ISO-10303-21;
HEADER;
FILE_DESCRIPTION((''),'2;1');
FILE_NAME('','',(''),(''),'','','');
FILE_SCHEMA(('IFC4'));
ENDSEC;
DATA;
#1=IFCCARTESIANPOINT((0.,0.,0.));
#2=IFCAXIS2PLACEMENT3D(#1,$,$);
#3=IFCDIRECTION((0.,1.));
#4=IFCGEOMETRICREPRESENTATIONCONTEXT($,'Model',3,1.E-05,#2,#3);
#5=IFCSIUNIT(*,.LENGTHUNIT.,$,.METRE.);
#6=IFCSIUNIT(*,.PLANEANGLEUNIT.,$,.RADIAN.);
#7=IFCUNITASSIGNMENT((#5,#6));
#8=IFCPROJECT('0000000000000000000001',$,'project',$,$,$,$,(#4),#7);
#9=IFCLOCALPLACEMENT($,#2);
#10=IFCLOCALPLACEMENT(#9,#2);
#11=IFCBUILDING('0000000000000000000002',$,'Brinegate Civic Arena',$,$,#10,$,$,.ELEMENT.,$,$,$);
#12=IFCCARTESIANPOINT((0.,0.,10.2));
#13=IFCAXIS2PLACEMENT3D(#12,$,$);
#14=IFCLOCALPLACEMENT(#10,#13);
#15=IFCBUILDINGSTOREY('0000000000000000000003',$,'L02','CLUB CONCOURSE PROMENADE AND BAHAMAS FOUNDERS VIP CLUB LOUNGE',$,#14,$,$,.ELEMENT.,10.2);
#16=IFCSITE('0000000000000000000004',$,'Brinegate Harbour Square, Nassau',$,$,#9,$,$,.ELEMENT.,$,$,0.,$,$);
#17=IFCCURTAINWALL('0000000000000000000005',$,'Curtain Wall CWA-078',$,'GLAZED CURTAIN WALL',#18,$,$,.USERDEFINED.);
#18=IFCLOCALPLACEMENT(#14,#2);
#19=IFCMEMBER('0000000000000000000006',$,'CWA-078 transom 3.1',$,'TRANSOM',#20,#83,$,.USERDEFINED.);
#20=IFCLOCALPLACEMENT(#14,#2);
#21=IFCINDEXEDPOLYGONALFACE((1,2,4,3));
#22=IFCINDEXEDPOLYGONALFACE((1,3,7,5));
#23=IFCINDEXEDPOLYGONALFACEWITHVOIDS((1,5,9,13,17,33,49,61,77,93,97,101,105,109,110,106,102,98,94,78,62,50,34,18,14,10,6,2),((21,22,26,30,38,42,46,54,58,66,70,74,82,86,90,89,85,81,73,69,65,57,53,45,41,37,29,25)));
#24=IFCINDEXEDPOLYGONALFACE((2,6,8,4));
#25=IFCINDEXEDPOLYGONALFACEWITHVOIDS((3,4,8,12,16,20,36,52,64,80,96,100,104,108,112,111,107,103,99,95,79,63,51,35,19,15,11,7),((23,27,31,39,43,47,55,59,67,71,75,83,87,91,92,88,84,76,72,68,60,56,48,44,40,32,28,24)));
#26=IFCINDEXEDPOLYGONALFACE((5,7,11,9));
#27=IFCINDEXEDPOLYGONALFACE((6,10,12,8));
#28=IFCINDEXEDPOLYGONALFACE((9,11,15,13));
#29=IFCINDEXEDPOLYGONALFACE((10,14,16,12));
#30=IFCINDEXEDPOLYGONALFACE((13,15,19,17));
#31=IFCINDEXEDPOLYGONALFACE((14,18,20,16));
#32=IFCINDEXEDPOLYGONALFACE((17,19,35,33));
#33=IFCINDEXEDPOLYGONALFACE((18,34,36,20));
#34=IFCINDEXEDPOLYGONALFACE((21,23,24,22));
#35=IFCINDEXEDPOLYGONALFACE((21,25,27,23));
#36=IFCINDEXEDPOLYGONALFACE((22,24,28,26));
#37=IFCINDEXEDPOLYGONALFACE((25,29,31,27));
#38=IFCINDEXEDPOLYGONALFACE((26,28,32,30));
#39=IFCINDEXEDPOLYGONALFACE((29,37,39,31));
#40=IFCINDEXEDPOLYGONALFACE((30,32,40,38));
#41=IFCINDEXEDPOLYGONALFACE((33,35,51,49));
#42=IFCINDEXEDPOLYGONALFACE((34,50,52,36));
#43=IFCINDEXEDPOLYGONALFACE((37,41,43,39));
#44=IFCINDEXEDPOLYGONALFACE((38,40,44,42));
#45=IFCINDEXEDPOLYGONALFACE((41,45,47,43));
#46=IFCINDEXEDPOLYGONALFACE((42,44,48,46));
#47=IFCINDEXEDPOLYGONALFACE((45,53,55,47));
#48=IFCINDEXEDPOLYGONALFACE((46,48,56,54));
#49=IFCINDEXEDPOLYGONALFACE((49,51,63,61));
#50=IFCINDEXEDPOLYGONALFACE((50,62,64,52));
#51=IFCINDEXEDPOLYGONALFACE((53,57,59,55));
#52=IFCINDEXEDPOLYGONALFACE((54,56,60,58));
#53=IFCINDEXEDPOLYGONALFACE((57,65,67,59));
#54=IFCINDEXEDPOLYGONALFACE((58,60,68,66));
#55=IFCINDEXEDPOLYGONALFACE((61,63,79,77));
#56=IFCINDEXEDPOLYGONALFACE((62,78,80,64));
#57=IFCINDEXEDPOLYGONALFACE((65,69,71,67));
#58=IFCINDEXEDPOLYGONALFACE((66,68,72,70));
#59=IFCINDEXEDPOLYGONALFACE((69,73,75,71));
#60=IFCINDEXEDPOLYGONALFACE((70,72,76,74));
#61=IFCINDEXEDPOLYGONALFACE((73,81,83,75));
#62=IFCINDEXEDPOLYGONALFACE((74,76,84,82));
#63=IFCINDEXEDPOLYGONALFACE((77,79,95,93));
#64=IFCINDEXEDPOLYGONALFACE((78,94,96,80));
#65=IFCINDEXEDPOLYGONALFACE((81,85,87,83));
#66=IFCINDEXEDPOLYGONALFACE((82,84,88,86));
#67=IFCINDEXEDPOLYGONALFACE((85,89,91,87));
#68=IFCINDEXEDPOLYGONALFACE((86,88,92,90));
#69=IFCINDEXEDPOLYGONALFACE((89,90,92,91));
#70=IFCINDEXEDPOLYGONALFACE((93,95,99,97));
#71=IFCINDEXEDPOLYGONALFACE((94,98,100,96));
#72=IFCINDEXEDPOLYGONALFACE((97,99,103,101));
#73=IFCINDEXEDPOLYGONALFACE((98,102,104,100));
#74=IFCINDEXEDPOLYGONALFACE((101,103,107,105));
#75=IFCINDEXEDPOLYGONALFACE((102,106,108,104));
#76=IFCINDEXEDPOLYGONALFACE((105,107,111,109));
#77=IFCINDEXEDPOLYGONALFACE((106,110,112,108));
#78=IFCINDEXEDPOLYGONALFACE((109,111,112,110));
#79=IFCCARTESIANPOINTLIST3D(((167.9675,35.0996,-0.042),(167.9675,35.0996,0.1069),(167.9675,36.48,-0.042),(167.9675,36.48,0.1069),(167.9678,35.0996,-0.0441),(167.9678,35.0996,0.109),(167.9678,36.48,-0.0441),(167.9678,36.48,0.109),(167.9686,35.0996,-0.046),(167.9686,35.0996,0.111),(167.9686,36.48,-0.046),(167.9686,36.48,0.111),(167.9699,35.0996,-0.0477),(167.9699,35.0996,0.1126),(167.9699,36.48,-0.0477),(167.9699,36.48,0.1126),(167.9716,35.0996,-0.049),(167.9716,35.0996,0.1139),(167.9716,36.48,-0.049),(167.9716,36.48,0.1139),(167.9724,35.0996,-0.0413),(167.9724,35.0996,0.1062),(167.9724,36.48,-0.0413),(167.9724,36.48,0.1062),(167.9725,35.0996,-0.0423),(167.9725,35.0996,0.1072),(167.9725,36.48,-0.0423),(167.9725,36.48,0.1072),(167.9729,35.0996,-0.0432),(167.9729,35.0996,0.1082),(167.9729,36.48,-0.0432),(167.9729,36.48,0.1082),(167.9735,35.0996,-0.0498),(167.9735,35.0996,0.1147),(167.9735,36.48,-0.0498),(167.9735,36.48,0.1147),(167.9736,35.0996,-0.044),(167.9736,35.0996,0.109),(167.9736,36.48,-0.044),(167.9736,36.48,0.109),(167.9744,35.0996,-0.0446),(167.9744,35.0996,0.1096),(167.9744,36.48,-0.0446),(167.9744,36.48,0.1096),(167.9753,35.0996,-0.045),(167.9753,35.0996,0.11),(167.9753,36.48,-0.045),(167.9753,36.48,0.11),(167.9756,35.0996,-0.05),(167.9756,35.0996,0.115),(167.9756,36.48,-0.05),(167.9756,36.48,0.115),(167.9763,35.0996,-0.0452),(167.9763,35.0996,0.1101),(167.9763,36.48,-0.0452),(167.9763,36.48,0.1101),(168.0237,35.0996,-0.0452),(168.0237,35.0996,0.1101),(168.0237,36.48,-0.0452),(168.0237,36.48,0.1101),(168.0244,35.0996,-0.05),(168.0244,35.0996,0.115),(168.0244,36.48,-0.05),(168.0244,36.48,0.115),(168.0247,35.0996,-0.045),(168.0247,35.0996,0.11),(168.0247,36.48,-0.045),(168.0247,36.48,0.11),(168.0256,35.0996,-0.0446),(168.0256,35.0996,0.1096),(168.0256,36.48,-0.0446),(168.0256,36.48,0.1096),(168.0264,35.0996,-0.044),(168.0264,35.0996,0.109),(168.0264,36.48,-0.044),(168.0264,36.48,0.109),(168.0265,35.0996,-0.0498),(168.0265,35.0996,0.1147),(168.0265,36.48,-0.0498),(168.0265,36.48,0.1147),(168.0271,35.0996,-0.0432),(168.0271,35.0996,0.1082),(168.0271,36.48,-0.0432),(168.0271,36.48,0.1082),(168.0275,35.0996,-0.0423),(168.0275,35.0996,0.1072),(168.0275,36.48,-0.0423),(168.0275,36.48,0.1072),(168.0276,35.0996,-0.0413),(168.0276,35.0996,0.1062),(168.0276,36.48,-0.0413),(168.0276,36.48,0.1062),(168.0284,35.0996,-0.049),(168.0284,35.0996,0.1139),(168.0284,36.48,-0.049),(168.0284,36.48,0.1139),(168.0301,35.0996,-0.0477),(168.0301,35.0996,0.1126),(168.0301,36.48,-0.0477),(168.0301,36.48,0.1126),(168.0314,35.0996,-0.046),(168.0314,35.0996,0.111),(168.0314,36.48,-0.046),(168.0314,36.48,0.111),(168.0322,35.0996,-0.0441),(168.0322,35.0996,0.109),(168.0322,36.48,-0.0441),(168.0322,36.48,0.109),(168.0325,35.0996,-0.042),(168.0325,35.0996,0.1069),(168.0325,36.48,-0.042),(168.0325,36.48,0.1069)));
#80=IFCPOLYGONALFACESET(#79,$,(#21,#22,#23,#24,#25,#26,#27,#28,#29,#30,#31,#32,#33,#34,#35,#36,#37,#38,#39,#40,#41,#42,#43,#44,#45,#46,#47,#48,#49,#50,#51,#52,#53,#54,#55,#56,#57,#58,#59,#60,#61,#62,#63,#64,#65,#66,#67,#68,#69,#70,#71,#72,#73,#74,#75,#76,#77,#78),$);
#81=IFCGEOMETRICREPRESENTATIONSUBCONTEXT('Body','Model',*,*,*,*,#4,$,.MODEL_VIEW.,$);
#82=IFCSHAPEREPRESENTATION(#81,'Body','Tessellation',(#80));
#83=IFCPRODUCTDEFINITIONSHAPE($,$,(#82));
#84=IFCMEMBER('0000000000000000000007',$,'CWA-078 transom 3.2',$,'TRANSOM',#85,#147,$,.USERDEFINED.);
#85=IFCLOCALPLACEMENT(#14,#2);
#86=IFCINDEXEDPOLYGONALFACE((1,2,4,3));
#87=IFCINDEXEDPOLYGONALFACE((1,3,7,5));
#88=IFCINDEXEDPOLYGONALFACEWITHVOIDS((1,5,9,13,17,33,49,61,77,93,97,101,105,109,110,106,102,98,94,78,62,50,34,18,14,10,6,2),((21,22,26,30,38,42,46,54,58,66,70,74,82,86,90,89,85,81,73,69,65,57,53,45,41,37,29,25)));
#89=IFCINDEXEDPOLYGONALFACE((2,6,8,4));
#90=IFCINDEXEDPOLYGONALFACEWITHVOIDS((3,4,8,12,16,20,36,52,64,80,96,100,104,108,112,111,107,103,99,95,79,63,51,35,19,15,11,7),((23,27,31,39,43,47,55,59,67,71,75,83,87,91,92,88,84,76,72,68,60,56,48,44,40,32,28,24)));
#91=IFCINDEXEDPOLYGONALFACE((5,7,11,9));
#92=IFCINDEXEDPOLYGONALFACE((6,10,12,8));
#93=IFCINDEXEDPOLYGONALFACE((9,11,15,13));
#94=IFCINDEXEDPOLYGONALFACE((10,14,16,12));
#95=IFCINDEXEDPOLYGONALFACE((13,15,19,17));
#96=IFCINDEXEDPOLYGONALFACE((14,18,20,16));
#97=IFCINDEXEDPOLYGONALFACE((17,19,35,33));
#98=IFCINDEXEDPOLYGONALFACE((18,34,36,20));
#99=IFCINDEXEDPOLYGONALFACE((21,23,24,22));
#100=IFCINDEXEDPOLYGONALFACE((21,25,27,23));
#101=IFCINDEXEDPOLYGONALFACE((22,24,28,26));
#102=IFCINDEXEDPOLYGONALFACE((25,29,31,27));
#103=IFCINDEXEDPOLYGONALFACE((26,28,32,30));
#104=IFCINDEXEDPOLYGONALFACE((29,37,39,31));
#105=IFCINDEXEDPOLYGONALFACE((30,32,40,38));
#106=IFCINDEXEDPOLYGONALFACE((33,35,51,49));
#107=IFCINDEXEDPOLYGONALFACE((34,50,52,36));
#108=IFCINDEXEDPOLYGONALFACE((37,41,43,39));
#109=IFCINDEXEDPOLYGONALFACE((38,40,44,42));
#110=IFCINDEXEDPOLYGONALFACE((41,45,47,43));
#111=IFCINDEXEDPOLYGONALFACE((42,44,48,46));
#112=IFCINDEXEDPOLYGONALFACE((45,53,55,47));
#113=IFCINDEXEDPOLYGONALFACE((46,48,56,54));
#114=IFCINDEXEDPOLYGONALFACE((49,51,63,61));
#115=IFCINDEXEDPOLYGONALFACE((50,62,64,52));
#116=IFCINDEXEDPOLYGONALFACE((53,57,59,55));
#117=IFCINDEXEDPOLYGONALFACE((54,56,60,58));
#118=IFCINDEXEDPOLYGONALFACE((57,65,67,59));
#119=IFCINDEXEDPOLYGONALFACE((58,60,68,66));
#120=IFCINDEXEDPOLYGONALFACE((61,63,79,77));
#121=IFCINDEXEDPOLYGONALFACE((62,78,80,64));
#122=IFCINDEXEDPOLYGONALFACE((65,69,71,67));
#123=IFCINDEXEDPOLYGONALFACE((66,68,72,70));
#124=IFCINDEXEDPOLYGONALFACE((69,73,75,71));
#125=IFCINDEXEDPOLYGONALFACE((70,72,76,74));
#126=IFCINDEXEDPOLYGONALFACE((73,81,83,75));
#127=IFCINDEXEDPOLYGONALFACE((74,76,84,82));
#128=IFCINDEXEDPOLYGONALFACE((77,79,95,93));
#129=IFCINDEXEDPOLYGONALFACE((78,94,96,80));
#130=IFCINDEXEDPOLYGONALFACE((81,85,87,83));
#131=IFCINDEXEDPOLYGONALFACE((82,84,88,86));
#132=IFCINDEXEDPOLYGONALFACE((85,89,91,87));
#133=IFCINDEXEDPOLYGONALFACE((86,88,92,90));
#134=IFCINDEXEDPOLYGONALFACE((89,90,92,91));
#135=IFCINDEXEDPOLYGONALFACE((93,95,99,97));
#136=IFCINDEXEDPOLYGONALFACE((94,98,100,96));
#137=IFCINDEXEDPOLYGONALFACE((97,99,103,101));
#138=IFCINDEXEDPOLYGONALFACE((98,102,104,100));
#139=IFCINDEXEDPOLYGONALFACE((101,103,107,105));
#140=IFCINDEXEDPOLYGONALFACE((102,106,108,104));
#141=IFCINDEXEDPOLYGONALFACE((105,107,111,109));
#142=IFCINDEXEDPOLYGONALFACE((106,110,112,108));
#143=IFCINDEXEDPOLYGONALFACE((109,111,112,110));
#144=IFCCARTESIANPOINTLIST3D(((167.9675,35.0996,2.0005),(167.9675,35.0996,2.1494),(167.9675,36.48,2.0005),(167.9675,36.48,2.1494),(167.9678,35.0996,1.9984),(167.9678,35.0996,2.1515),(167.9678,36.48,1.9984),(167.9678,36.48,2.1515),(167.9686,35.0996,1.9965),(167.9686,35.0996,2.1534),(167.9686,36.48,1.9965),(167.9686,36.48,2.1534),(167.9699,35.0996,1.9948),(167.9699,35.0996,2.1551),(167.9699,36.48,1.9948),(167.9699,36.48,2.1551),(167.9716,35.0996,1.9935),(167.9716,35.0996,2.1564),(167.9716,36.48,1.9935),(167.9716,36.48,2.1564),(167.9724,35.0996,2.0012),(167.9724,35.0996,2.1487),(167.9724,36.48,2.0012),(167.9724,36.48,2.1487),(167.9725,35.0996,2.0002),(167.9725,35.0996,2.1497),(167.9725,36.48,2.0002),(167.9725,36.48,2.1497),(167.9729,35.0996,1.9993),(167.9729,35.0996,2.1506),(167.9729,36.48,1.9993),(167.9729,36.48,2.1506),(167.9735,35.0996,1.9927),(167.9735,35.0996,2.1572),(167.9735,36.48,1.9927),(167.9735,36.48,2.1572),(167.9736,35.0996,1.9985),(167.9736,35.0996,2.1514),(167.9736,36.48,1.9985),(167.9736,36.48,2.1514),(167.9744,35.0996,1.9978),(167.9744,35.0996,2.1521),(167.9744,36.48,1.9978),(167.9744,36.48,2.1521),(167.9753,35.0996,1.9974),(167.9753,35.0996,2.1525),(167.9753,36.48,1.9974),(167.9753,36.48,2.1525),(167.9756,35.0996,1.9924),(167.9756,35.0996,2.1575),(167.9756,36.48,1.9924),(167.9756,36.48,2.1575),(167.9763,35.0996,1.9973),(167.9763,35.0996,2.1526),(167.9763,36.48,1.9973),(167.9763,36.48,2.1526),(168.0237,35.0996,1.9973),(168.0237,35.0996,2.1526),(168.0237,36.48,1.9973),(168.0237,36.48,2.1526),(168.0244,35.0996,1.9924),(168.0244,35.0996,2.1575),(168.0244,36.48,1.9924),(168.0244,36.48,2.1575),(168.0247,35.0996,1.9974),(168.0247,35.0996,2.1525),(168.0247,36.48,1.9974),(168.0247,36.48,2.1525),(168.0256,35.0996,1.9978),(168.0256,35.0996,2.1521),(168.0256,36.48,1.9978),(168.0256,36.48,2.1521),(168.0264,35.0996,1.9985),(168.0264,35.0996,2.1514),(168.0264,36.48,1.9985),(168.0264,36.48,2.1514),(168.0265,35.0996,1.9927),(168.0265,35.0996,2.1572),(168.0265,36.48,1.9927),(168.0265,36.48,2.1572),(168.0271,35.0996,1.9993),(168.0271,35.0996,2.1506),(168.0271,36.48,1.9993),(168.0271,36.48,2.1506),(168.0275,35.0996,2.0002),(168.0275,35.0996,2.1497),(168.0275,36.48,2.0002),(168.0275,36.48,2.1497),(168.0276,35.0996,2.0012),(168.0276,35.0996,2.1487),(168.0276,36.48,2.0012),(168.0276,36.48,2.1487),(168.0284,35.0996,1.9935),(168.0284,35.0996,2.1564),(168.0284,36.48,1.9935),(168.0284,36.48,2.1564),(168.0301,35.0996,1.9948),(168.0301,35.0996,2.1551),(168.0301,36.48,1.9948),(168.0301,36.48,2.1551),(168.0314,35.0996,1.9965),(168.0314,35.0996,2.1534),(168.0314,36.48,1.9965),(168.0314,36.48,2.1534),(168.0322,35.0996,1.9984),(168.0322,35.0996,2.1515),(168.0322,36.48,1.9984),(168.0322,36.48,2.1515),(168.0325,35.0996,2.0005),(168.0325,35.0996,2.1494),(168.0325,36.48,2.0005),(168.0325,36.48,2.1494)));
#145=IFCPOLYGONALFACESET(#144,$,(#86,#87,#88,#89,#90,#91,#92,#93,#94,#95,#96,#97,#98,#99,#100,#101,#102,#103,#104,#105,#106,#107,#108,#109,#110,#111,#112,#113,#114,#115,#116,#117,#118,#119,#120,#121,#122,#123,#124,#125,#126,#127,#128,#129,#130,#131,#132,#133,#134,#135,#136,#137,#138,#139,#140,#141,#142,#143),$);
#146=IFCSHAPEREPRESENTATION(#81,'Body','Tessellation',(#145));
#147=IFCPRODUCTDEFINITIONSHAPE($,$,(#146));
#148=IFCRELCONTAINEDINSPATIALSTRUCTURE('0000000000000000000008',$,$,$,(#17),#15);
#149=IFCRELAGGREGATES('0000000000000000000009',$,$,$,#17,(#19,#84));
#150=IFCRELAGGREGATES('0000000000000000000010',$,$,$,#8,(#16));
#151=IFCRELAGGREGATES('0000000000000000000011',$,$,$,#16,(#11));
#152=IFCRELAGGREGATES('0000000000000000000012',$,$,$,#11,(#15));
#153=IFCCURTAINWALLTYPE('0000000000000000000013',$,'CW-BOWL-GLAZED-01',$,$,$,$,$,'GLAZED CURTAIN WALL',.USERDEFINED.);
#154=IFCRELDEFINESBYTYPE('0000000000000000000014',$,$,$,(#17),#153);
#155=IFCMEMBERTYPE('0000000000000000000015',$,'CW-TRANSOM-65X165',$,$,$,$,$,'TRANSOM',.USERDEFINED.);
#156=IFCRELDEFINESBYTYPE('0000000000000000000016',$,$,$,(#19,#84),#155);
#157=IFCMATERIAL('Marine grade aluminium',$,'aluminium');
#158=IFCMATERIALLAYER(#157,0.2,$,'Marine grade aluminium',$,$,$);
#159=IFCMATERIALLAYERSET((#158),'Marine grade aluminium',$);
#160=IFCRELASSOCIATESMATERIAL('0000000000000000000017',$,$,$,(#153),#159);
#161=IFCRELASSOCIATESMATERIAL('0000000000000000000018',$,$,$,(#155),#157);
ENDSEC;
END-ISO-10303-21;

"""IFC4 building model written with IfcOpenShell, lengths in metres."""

from ifc_helpers import new_model, si_unit, direction, frame, origin, origin_2d, place, context, subcontext, project, spatial, hollow_rectangle, extrude, material, layer, layer_set, material_profile, profile_set, type_object, element, aggregate, save


model = new_model("IFC4")

# Units and contexts
model_context = context("Model", 3, precision=1e-05, world=origin(), true_north=direction((0.0, 1.0)))
body_context = subcontext(model_context, "Body", "Model", "MODEL_VIEW")
ifc_project = project(units=[si_unit("LENGTHUNIT", "METRE"), si_unit("PLANEANGLEUNIT", "RADIAN")], contexts=[model_context])

# Site, building, storey
site_placement = place(None, origin())
site = spatial("IfcSite", under=ifc_project, at=site_placement, Name="Brinegate Harbour Square, Nassau", CompositionType="ELEMENT", RefElevation=0.0)
building_placement = place(site_placement, origin())
building = spatial("IfcBuilding", under=site, at=building_placement, Name="Brinegate Civic Arena", CompositionType="ELEMENT")
storey_placement = place(building_placement, frame((0.0, 0.0, 10.2)))
storey = spatial("IfcBuildingStorey", under=building, at=storey_placement, Name="L02", Description="CLUB CONCOURSE PROMENADE AND BAHAMAS FOUNDERS VIP CLUB LOUNGE", CompositionType="ELEMENT", Elevation=10.2)

# Curtain wall
ifc_material_1 = material(Name="Marine grade aluminium", Category="aluminium")
ifc_layer_1 = layer(ifc_material_1, 0.2, Name="Marine grade aluminium")
ifc_layer_set_1 = layer_set([ifc_layer_1], Name="Marine grade aluminium")
curtain_wall_type = type_object("IfcCurtainWallType", Name="CW-BOWL-GLAZED-01", ElementType="GLAZED CURTAIN WALL", PredefinedType="USERDEFINED", material=ifc_layer_set_1)
curtain_wall_1_placement = place(storey_placement, origin())
curtain_wall_1 = element("IfcCurtainWall", 1, at=curtain_wall_1_placement, inside=storey, type_object=curtain_wall_type, Name="Curtain Wall CWA-078", ObjectType="GLAZED CURTAIN WALL", PredefinedType="USERDEFINED")

# Members
ifc_material_profile_1 = material_profile(ifc_material_1, hollow_rectangle(XDim=0.0649, YDim=0.165, WallThickness=0.0049, InnerFilletRadius=0.0039, OuterFilletRadius=0.0081, at=origin_2d()), Name="TRN65X165")
ifc_profile_set_1 = profile_set([ifc_material_profile_1], Name="Marine grade aluminium")
member_type_1 = type_object("IfcMemberType", Name="CW-TRANSOM-65X165", ElementType="TRANSOM", PredefinedType="USERDEFINED", material=ifc_profile_set_1)
member_1_placement = place(storey_placement, frame((168.0, 35.0996, 0.0325), z_axis=(0.0, 1.0, 0.0), x_axis=(-1.0, 0.0, 0.0)))
member_1 = element("IfcMember", 2, at=member_1_placement, type_object=member_type_1, Name="CWA-078 transom 3.1", ObjectType="TRANSOM", PredefinedType="USERDEFINED", context=body_context, shape_type="SweptSolid", body=[
    extrude(hollow_rectangle(XDim=0.0649, YDim=0.165, WallThickness=0.0049, InnerFilletRadius=0.0039, OuterFilletRadius=0.0081, at=origin_2d()), origin(), (0.0, 0.0, 1.0), 1.3804),
])
member_2_placement = place(storey_placement, frame((168.0, 35.0996, 2.075), z_axis=(0.0, 1.0, 0.0), x_axis=(-1.0, 0.0, 0.0)))
member_2 = element("IfcMember", 3, at=member_2_placement, type_object=member_type_1, Name="CWA-078 transom 3.2", ObjectType="TRANSOM", PredefinedType="USERDEFINED", context=body_context, shape_type="SweptSolid", body=[
    extrude(hollow_rectangle(XDim=0.0649, YDim=0.165, WallThickness=0.0049, InnerFilletRadius=0.0039, OuterFilletRadius=0.0081, at=origin_2d()), origin(), (0.0, 0.0, 1.0), 1.3804),
])

aggregate(curtain_wall_1, [member_1, member_2])

save(model, "model.ifc")
